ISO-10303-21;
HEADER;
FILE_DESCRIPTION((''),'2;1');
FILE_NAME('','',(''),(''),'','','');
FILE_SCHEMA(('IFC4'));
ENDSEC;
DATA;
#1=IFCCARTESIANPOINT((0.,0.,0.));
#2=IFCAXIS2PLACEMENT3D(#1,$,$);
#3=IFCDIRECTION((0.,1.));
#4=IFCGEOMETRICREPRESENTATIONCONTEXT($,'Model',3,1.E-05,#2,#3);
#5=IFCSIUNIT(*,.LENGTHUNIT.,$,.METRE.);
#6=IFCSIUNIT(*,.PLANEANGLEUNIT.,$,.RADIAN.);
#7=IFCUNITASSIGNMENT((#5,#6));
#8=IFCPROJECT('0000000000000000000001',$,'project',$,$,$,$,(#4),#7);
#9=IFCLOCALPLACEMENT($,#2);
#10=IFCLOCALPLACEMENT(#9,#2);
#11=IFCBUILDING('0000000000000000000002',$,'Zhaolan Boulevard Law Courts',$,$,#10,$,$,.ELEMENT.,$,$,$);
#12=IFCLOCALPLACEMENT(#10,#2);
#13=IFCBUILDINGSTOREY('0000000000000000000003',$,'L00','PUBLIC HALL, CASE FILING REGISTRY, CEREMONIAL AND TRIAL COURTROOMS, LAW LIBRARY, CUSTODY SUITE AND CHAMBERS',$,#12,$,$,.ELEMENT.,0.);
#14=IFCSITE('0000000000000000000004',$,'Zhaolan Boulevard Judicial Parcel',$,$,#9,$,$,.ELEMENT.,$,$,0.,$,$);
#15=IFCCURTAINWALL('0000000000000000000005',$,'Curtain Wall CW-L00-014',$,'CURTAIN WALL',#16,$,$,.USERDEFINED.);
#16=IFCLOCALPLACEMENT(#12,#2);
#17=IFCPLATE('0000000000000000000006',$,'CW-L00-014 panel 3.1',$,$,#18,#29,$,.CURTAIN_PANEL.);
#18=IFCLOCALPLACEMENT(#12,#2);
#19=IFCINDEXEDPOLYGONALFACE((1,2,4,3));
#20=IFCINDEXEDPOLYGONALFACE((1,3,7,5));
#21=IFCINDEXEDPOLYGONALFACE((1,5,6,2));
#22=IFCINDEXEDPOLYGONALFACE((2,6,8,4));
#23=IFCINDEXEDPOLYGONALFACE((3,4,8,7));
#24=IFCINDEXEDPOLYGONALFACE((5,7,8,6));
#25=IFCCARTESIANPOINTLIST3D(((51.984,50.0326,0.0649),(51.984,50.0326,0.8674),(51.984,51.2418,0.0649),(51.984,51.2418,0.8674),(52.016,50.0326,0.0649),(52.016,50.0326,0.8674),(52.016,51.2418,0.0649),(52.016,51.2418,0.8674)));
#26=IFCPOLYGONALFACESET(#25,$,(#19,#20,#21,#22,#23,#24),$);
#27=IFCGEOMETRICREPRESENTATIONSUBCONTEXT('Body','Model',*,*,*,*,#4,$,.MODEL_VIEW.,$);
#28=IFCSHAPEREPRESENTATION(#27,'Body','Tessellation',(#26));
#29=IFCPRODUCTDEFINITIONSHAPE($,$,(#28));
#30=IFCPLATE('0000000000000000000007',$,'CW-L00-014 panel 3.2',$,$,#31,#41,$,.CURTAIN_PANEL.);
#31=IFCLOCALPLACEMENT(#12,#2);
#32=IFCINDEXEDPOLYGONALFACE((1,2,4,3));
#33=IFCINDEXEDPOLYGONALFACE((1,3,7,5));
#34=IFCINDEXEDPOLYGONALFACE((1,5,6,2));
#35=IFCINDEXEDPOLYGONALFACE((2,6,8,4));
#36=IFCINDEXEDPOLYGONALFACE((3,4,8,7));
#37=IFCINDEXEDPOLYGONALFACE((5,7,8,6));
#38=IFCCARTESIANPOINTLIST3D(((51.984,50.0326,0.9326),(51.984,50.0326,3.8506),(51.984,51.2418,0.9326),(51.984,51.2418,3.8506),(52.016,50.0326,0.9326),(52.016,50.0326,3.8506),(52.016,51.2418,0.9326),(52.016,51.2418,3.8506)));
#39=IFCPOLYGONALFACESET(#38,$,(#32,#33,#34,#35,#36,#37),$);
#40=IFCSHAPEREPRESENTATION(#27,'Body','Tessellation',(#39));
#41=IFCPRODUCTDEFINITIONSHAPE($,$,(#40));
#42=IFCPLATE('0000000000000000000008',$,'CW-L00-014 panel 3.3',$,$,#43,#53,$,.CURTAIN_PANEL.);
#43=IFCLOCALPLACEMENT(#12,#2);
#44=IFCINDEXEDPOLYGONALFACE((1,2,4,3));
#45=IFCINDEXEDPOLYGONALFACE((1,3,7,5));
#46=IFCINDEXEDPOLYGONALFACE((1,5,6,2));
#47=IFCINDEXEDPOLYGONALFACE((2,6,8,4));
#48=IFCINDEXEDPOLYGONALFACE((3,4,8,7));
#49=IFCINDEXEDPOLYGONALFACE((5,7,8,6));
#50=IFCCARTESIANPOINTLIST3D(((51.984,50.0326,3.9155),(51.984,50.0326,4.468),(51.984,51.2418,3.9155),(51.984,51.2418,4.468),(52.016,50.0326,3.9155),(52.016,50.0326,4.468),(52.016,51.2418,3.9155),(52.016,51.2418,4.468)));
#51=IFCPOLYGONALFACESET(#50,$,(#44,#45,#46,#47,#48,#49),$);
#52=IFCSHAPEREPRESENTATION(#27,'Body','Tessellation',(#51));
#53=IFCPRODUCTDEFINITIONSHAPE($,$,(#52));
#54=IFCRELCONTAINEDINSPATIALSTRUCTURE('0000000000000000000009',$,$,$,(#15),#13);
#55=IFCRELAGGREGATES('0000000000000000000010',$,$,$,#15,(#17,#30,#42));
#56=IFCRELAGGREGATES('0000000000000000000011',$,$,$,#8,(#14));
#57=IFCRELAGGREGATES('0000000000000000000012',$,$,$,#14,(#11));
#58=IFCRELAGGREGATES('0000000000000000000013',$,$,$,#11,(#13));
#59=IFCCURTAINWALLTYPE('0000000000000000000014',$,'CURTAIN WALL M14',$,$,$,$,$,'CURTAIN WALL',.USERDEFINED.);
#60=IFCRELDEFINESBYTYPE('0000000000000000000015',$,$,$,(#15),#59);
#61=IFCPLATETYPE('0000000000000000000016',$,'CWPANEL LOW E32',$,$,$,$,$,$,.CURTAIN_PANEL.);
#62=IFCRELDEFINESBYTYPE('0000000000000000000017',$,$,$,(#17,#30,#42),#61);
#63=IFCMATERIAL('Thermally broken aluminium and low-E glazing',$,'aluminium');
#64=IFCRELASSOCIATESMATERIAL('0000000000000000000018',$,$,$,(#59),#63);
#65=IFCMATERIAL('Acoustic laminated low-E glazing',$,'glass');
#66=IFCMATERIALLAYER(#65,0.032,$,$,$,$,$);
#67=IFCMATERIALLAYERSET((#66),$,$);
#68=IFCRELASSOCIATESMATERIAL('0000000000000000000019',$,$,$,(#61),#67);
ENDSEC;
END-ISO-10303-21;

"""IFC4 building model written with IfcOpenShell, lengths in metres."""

from ifc_helpers import new_model, si_unit, direction, frame, origin, origin_2d, place, context, subcontext, project, spatial, rectangle, extrude, material, layer, layer_set, type_object, element, aggregate, save


model = new_model("IFC4")

# Units and contexts
model_context = context("Model", 3, precision=1e-05, world=origin(), true_north=direction((0.0, 1.0)))
body_context = subcontext(model_context, "Body", "Model", "MODEL_VIEW")
ifc_project = project(units=[si_unit("LENGTHUNIT", "METRE"), si_unit("PLANEANGLEUNIT", "RADIAN")], contexts=[model_context])

# Site, building, storey
site_placement = place(None, origin())
site = spatial("IfcSite", under=ifc_project, at=site_placement, Name="Zhaolan Boulevard Judicial Parcel", CompositionType="ELEMENT", RefElevation=0.0)
building_placement = place(site_placement, origin())
building = spatial("IfcBuilding", under=site, at=building_placement, Name="Zhaolan Boulevard Law Courts", CompositionType="ELEMENT")
storey_placement = place(building_placement, origin())
storey = spatial("IfcBuildingStorey", under=building, at=storey_placement, Name="L00", Description="PUBLIC HALL, CASE FILING REGISTRY, CEREMONIAL AND TRIAL COURTROOMS, LAW LIBRARY, CUSTODY SUITE AND CHAMBERS", CompositionType="ELEMENT", Elevation=0.0)

# Curtain wall
ifc_material_1 = material(Name="Thermally broken aluminium and low-E glazing", Category="aluminium")
curtain_wall_type = type_object("IfcCurtainWallType", Name="CURTAIN WALL M14", ElementType="CURTAIN WALL", PredefinedType="USERDEFINED", material=ifc_material_1)
curtain_wall_placement = place(storey_placement, origin())
curtain_wall = element("IfcCurtainWall", 1, at=curtain_wall_placement, inside=storey, type_object=curtain_wall_type, Name="Curtain Wall CW-L00-014", ObjectType="CURTAIN WALL", PredefinedType="USERDEFINED")

# Plates
ifc_material_2 = material(Name="Acoustic laminated low-E glazing", Category="glass")
ifc_layer = layer(ifc_material_2, 0.032)
ifc_layer_set = layer_set([ifc_layer])
plate_type = type_object("IfcPlateType", Name="CWPANEL LOW E32", PredefinedType="CURTAIN_PANEL", material=ifc_layer_set)
plate_1_placement = place(storey_placement, frame((52.0, 50.6372, 0.0649), z_axis=(0.0, 0.0, 1.0), x_axis=(0.0, -1.0, 0.0)))
plate_1 = element("IfcPlate", 2, at=plate_1_placement, type_object=plate_type, Name="CW-L00-014 panel 3.1", PredefinedType="CURTAIN_PANEL", context=body_context, shape_type="SweptSolid", body=[
    extrude(rectangle(XDim=1.2092, YDim=0.032, at=origin_2d()), origin(), (0.0, 0.0, 1.0), 0.8025),
])
plate_2_placement = place(storey_placement, frame((52.0, 50.6372, 0.9326), z_axis=(0.0, 0.0, 1.0), x_axis=(0.0, -1.0, 0.0)))
plate_2 = element("IfcPlate", 3, at=plate_2_placement, type_object=plate_type, Name="CW-L00-014 panel 3.2", PredefinedType="CURTAIN_PANEL", context=body_context, shape_type="SweptSolid", body=[
    extrude(rectangle(XDim=1.2092, YDim=0.032, at=origin_2d()), origin(), (0.0, 0.0, 1.0), 2.918),
])
plate_3_placement = place(storey_placement, frame((52.0, 50.6372, 3.9155), z_axis=(0.0, 0.0, 1.0), x_axis=(0.0, -1.0, 0.0)))
plate_3 = element("IfcPlate", 4, at=plate_3_placement, type_object=plate_type, Name="CW-L00-014 panel 3.3", PredefinedType="CURTAIN_PANEL", context=body_context, shape_type="SweptSolid", body=[
    extrude(rectangle(XDim=1.2092, YDim=0.032, at=origin_2d()), origin(), (0.0, 0.0, 1.0), 0.5525),
])
aggregate(curtain_wall, [plate_1, plate_2, plate_3])

save(model, "model.ifc")
